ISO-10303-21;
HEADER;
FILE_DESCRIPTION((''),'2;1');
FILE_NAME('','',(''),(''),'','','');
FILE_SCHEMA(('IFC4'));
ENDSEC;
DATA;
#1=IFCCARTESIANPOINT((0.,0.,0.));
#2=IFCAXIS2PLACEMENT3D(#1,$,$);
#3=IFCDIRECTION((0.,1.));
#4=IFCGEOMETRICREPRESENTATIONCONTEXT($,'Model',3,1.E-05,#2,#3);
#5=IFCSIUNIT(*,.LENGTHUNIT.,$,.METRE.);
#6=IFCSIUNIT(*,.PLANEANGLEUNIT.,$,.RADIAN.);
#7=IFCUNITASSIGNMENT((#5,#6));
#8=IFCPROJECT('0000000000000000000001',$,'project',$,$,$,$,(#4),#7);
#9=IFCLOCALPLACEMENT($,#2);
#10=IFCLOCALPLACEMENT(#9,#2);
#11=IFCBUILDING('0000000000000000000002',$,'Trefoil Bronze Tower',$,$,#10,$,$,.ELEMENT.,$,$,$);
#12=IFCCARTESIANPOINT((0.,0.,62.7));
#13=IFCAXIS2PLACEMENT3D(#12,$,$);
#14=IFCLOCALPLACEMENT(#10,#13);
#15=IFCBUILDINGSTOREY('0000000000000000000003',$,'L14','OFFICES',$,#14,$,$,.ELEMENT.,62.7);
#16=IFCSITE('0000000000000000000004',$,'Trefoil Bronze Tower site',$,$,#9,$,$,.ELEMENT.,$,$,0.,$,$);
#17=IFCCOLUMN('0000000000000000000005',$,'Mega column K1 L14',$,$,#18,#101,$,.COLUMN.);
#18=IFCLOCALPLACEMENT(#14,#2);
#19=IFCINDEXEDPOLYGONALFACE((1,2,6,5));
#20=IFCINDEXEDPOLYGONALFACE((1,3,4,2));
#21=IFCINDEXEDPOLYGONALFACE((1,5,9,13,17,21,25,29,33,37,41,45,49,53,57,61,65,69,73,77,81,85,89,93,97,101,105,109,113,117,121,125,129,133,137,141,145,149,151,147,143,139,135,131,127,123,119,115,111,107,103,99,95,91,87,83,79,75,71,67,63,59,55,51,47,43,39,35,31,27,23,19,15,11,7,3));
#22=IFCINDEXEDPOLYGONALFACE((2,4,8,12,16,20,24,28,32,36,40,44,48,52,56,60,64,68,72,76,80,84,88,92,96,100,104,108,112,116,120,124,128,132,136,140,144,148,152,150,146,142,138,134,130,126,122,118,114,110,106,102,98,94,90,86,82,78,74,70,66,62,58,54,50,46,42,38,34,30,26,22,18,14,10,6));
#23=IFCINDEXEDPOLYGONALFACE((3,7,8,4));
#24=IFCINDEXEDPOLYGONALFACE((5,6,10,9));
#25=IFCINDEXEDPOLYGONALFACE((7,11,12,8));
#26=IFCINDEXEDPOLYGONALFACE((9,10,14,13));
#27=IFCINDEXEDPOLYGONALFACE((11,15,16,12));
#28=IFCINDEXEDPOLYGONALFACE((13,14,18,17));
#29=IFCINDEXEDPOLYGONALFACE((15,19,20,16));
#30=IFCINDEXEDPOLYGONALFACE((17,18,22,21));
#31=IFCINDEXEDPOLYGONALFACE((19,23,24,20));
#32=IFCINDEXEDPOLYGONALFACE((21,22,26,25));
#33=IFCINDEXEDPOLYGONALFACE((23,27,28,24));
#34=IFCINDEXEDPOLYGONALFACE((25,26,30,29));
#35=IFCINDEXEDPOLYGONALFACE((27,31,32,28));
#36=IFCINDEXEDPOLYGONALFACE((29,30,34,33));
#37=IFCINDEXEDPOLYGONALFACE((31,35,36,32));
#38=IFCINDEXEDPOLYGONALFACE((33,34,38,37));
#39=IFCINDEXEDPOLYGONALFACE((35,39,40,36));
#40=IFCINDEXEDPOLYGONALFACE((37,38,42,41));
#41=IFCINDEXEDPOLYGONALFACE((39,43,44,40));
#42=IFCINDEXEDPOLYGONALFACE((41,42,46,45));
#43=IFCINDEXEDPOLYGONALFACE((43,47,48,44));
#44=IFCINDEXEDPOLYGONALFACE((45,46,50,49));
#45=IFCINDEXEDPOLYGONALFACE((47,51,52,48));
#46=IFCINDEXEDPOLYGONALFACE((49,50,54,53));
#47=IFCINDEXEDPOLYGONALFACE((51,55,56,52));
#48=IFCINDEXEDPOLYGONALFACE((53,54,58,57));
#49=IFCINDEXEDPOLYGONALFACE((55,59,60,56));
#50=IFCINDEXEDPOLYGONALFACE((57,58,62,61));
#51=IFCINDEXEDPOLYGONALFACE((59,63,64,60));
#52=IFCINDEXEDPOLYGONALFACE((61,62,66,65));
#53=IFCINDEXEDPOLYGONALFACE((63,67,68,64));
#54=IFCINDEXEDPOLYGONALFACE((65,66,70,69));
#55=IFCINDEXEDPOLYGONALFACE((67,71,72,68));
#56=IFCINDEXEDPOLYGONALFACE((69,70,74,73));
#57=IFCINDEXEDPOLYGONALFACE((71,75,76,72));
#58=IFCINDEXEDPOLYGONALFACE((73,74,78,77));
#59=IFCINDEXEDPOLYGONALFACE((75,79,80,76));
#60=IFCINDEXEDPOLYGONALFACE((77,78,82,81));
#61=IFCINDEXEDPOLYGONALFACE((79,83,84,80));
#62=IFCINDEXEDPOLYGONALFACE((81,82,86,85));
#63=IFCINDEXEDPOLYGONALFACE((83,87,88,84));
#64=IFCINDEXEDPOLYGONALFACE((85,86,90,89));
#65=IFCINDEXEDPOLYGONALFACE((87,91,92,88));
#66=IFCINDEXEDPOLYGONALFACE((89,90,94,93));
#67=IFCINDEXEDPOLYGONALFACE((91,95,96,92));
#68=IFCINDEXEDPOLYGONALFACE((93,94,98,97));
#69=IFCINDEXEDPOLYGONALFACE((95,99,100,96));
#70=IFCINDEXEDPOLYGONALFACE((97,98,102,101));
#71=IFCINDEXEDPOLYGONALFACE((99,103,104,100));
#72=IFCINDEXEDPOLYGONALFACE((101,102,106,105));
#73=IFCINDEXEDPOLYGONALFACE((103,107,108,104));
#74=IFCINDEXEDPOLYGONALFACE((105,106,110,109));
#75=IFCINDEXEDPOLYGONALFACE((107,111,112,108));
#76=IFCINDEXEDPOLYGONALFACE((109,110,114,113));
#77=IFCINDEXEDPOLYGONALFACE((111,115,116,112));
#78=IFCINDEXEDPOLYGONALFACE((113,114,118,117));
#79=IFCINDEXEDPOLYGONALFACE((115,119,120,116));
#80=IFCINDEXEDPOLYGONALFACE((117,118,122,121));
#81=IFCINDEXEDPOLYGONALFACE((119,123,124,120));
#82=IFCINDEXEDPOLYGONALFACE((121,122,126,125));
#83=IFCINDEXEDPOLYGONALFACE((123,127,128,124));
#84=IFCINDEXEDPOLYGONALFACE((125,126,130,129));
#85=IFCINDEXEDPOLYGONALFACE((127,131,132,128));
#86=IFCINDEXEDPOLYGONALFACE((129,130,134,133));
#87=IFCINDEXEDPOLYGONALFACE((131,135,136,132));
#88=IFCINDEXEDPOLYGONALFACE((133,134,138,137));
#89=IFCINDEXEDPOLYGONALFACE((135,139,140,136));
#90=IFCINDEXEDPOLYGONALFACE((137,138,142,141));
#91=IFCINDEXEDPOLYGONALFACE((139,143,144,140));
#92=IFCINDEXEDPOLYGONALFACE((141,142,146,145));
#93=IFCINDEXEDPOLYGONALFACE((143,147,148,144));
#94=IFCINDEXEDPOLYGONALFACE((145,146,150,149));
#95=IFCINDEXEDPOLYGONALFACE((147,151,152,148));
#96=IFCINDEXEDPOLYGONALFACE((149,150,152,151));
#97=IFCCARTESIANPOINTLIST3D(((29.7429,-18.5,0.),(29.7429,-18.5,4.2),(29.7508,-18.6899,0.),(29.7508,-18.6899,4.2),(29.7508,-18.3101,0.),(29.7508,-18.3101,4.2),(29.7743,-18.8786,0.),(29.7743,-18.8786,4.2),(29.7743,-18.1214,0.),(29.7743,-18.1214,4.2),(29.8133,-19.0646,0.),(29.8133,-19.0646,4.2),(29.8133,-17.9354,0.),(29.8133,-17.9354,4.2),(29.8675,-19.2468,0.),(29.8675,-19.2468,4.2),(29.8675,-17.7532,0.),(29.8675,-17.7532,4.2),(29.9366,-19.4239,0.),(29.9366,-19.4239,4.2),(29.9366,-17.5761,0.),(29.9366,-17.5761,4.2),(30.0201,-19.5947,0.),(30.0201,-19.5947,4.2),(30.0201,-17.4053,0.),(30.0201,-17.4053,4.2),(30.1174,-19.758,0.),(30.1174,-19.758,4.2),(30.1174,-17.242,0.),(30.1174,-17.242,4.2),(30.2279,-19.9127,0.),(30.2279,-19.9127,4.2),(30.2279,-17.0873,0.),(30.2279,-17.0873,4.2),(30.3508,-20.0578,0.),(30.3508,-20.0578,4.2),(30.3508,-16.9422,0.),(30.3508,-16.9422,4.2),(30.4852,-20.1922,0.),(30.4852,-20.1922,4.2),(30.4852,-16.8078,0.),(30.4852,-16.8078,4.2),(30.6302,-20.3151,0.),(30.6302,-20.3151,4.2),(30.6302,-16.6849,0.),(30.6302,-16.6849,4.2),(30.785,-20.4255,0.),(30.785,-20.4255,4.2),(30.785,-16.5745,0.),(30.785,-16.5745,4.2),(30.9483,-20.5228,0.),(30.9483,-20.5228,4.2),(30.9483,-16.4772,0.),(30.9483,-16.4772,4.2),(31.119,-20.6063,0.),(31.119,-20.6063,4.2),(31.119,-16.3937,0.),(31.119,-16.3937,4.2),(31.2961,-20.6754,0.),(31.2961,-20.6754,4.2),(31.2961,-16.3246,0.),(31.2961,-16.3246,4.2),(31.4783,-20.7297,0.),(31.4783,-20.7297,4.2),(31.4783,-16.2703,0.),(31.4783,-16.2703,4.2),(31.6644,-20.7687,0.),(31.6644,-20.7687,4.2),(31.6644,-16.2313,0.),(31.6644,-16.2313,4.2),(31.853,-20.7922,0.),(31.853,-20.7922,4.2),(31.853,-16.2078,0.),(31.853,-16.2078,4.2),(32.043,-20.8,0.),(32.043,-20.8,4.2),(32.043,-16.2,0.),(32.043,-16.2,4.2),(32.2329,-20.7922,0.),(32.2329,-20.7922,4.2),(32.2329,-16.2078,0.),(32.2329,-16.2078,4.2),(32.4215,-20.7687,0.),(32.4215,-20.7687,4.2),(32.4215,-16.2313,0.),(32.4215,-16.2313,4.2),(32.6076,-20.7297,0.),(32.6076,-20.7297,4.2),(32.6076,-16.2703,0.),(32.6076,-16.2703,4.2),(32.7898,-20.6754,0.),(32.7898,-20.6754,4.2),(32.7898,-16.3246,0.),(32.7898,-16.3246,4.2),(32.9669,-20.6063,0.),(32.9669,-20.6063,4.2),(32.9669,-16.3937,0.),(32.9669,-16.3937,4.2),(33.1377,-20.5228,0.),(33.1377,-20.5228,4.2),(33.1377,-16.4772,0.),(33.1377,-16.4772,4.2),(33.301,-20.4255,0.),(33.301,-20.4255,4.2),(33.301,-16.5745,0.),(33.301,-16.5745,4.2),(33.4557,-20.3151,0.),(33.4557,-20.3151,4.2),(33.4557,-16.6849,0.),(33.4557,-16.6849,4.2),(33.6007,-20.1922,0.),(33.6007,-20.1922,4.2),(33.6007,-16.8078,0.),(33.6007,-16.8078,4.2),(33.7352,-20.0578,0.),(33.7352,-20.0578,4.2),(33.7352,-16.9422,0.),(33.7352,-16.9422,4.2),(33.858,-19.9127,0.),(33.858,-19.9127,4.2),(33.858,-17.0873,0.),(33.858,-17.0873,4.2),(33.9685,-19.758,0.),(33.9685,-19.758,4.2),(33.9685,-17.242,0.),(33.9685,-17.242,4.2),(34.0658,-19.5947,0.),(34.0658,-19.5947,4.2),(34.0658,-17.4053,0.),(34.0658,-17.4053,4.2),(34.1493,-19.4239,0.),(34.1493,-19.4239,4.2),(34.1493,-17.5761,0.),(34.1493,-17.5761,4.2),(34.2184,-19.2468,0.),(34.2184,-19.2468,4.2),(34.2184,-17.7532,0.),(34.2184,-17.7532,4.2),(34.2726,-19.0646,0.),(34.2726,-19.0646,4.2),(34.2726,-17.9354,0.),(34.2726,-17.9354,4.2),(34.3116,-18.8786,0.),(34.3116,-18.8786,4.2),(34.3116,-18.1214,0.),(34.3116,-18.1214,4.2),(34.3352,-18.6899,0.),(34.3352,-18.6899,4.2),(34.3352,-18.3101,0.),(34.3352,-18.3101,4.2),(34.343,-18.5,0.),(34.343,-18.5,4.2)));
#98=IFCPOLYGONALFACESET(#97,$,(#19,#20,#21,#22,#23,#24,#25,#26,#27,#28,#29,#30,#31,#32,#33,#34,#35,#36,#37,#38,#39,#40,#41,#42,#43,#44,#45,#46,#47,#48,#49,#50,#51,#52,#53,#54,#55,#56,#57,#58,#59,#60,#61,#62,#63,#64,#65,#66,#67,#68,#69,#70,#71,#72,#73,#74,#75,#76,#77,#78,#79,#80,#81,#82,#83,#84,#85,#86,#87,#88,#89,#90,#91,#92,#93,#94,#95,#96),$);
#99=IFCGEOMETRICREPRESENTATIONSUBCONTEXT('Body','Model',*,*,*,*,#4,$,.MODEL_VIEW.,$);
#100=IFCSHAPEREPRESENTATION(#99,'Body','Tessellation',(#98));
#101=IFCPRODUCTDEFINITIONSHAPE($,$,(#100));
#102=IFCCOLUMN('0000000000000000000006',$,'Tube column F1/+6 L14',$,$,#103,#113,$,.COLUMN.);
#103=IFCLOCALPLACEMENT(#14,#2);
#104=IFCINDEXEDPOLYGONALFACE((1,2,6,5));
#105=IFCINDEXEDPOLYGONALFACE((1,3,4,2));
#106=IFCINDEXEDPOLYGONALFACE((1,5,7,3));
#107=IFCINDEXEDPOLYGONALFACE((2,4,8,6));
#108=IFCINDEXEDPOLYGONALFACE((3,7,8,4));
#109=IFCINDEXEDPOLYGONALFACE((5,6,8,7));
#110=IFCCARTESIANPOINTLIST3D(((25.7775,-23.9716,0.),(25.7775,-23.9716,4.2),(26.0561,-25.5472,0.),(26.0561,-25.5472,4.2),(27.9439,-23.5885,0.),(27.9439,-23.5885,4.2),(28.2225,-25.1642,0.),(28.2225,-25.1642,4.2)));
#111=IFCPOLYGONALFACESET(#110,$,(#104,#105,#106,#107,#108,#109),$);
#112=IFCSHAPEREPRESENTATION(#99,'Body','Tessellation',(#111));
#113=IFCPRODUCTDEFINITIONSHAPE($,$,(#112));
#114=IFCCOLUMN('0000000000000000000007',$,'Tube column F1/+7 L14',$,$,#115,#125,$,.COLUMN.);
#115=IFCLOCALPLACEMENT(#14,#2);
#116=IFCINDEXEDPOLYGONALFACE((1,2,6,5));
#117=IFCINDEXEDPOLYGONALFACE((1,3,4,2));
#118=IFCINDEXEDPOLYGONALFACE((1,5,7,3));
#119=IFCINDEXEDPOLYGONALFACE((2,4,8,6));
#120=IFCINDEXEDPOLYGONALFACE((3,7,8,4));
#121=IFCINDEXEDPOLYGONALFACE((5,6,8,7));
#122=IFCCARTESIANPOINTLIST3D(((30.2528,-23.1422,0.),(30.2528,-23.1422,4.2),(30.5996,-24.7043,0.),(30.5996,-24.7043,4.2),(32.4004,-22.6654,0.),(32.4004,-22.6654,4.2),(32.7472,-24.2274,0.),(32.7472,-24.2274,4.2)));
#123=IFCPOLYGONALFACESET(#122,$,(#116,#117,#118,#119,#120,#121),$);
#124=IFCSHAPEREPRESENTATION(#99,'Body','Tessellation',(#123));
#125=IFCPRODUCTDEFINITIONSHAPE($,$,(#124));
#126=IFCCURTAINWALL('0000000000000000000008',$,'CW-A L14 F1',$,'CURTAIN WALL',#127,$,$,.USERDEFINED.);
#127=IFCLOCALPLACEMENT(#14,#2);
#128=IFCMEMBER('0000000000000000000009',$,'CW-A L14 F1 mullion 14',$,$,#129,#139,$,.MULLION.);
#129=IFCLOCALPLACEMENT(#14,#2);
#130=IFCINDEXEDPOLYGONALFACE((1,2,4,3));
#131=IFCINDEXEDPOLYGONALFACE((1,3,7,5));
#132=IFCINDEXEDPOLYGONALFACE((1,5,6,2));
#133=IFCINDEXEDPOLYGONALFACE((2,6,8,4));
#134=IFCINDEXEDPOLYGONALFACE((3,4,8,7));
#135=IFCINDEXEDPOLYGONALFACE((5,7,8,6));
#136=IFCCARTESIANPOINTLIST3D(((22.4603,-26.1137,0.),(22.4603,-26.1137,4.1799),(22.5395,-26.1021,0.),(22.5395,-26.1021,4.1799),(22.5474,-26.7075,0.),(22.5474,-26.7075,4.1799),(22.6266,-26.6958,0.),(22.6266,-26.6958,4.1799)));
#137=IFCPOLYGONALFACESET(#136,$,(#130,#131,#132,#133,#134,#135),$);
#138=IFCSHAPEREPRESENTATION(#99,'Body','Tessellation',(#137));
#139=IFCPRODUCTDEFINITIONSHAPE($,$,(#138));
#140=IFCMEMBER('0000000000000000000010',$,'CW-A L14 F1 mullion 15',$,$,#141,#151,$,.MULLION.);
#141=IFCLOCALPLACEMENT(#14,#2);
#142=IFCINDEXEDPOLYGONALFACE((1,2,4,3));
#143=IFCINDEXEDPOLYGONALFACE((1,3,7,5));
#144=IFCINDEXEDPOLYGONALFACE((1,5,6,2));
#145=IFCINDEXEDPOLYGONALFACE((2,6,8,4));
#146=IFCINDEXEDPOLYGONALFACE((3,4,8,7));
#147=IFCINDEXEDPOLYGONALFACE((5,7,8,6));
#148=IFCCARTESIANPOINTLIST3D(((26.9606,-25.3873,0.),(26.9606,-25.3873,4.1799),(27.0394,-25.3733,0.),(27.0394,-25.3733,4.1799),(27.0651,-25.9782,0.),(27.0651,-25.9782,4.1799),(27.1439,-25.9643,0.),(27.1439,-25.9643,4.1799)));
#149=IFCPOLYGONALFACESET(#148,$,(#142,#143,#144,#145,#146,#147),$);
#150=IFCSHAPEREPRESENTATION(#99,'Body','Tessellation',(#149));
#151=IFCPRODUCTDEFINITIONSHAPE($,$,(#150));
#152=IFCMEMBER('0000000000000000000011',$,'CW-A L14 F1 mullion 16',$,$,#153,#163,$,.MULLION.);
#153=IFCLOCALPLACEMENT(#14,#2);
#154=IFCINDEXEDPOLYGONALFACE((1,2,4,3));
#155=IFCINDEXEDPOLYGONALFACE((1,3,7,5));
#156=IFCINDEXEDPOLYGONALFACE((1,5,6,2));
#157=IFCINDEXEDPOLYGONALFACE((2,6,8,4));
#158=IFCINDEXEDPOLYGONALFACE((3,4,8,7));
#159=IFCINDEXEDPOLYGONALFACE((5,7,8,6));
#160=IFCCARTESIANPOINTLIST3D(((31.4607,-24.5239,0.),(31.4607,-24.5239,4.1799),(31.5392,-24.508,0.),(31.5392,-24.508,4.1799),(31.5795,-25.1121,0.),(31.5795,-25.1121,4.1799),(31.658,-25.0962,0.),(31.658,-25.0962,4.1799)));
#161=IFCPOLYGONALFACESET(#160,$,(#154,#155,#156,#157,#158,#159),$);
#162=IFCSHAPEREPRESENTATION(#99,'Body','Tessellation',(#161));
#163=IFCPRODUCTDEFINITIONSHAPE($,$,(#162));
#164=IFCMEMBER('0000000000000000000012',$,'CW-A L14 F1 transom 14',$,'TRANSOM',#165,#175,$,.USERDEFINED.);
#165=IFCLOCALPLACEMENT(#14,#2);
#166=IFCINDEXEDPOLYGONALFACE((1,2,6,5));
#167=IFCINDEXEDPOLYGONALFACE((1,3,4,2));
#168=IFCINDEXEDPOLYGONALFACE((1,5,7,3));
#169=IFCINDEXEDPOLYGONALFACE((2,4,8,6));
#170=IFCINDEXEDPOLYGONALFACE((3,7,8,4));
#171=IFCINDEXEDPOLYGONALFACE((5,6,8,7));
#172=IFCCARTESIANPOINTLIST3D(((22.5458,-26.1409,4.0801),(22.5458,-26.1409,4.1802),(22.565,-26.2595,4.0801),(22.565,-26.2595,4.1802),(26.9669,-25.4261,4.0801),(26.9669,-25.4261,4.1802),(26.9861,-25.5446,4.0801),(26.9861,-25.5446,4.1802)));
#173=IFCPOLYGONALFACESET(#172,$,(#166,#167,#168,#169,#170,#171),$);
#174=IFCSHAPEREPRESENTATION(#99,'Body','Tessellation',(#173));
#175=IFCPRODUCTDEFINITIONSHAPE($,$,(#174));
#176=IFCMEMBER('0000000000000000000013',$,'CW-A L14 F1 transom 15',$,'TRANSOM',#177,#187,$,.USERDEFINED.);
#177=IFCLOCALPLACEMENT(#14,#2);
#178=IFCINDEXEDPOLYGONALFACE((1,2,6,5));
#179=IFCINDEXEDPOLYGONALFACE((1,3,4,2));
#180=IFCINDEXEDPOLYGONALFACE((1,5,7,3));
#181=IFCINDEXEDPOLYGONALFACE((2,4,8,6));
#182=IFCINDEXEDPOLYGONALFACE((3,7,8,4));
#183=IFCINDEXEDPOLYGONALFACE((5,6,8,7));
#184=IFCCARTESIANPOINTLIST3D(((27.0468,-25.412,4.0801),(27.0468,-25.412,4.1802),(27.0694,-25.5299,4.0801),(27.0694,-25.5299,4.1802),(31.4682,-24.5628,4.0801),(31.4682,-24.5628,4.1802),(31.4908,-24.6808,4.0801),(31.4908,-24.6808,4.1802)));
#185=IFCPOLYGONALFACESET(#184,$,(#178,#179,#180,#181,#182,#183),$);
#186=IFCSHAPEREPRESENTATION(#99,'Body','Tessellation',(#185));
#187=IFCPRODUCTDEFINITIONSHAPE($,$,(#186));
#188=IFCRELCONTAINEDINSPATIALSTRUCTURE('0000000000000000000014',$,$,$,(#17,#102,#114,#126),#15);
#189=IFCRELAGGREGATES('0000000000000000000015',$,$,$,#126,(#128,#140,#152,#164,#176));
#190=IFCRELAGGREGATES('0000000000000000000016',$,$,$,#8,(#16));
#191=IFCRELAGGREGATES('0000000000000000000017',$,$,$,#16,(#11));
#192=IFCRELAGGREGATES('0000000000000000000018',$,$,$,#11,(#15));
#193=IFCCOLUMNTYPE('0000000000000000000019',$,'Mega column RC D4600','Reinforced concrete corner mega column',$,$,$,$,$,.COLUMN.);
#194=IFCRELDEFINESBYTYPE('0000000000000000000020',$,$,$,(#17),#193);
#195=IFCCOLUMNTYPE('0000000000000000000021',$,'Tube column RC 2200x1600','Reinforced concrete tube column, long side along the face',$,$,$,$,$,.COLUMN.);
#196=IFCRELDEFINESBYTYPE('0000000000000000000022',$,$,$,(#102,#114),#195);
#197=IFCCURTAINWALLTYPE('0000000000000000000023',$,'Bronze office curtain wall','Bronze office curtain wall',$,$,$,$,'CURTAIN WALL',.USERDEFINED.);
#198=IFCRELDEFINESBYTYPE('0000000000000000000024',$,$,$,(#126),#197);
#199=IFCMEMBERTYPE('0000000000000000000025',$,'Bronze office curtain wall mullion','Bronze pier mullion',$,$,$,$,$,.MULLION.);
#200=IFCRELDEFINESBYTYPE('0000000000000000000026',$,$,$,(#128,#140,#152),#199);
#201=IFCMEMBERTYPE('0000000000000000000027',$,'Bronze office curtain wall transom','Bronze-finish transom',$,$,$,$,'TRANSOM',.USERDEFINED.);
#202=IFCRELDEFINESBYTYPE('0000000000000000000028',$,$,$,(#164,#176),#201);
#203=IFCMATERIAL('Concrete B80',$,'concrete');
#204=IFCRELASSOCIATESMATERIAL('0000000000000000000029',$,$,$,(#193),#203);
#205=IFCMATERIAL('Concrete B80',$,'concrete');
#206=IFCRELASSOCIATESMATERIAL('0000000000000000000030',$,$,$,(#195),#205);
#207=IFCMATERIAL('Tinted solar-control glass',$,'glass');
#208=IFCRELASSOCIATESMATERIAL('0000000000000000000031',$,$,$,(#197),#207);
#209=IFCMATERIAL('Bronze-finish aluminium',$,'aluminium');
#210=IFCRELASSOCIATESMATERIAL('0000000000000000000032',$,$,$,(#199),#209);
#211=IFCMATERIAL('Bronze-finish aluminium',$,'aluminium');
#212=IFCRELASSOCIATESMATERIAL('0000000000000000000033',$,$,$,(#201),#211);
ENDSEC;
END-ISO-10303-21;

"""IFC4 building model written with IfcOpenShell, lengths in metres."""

from ifc_helpers import new_model, si_unit, direction, frame, origin, origin_2d, place, context, subcontext, project, spatial, rectangle, circle, extrude, material, material_profile, profile_set, type_object, element, aggregate, save


model = new_model("IFC4")

# Units and contexts
model_context = context("Model", 3, precision=1e-05, world=origin(), true_north=direction((0.0, 1.0)))
body_context = subcontext(model_context, "Body", "Model", "MODEL_VIEW")
ifc_project = project(units=[si_unit("LENGTHUNIT", "METRE"), si_unit("PLANEANGLEUNIT", "RADIAN")], contexts=[model_context])

# Site, building, storey
site_placement = place(None, origin())
site = spatial("IfcSite", under=ifc_project, at=site_placement, Name="Trefoil Bronze Tower site", CompositionType="ELEMENT", RefElevation=0.0)
building_placement = place(site_placement, origin())
building = spatial("IfcBuilding", under=site, at=building_placement, Name="Trefoil Bronze Tower", CompositionType="ELEMENT")
storey_placement = place(building_placement, frame((0.0, 0.0, 62.7)))
storey = spatial("IfcBuildingStorey", under=building, at=storey_placement, Name="L14", Description="OFFICES", CompositionType="ELEMENT", Elevation=62.7)

# Columns
ifc_material_1 = material(Name="Concrete B80", Category="concrete")
ifc_material_profile_1 = material_profile(ifc_material_1, circle(Radius=2.3, at=origin_2d()), Name="RC D4600")
ifc_profile_set_1 = profile_set([ifc_material_profile_1], Name="Concrete B80")
column_type_1 = type_object("IfcColumnType", Name="Mega column RC D4600", Description="Reinforced concrete corner mega column", PredefinedType="COLUMN", material=ifc_profile_set_1)
column_placement = place(storey_placement, frame((32.043, -18.5, 0.0), z_axis=(0.0, 0.0, 1.0), x_axis=(1.0, 0.0, 0.0)))
element("IfcColumn", 1, at=column_placement, inside=storey, type_object=column_type_1, Name="Mega column K1 L14", PredefinedType="COLUMN", context=body_context, shape_type="SweptSolid", body=[
    extrude(circle(Radius=2.3, at=origin_2d()), origin(), (0.0, 0.0, 1.0), 4.2),
])
ifc_material_2 = material(Name="Concrete B80", Category="concrete")
ifc_material_profile_2 = material_profile(ifc_material_2, rectangle(XDim=2.2, YDim=1.6001, at=origin_2d()), Name="RC 2200x1600")
ifc_profile_set_2 = profile_set([ifc_material_profile_2], Name="Concrete B80")
column_type_2 = type_object("IfcColumnType", Name="Tube column RC 2200x1600", Description="Reinforced concrete tube column, long side along the face", PredefinedType="COLUMN", material=ifc_profile_set_2)
for number, where, z_axis, x_axis, name in (
    (2, (27.0, -24.5679, 0.0), (0.0, 0.0, 1.0), (0.984722, 0.174131, 0.0), "Tube column F1/+6 L14"),
    (3, (31.5, -23.6848, 0.0), (0.0, 0.0, 1.0), (0.97623, 0.216739, 0.0), "Tube column F1/+7 L14"),
):
    element("IfcColumn", number, at=place(storey_placement, frame(where, z_axis=z_axis, x_axis=x_axis)), inside=storey, type_object=column_type_2, Name=name, PredefinedType="COLUMN", context=body_context, shape_type="SweptSolid", body=[
        extrude(rectangle(XDim=2.2, YDim=1.6001, at=origin_2d()), origin(), (0.0, 0.0, 1.0), 4.2),
    ])

# Curtain wall, members
ifc_material_3 = material(Name="Tinted solar-control glass", Category="glass")
curtain_wall_type_1 = type_object("IfcCurtainWallType", Name="Bronze office curtain wall", Description="Bronze office curtain wall", ElementType="CURTAIN WALL", PredefinedType="USERDEFINED", material=ifc_material_3)
curtain_wall_1_placement = place(storey_placement, origin())
curtain_wall_1 = element("IfcCurtainWall", 4, at=curtain_wall_1_placement, inside=storey, type_object=curtain_wall_type_1, Name="CW-A L14 F1", ObjectType="CURTAIN WALL", PredefinedType="USERDEFINED")
ifc_material_4 = material(Name="Bronze-finish aluminium", Category="aluminium")
ifc_material_profile_3 = material_profile(ifc_material_4, rectangle(XDim=0.6001, YDim=0.0801, at=origin_2d()), Name="CW-A mullion")
ifc_profile_set_3 = profile_set([ifc_material_profile_3], Name="Bronze-finish aluminium")
member_type_1 = type_object("IfcMemberType", Name="Bronze office curtain wall mullion", Description="Bronze pier mullion", PredefinedType="MULLION", material=ifc_profile_set_3)
member_1_placement = place(storey_placement, frame((22.5435, -26.4048, 0.0), z_axis=(0.0, 0.0, 1.0), x_axis=(-0.145109, 0.989416, 0.0)))
member_1 = element("IfcMember", 5, at=member_1_placement, type_object=member_type_1, Name="CW-A L14 F1 mullion 14", PredefinedType="MULLION", context=body_context, shape_type="SweptSolid", body=[
    extrude(rectangle(XDim=0.6001, YDim=0.0801, at=origin_2d()), origin(), (0.0, 0.0, 1.0), 4.1799),
])
member_2_placement = place(storey_placement, frame((27.0522, -25.6758, 0.0), z_axis=(0.0, 0.0, 1.0), x_axis=(-0.174131, 0.984722, 0.0)))
member_2 = element("IfcMember", 6, at=member_2_placement, type_object=member_type_1, Name="CW-A L14 F1 mullion 15", PredefinedType="MULLION", context=body_context, shape_type="SweptSolid", body=[
    extrude(rectangle(XDim=0.6001, YDim=0.0801, at=origin_2d()), origin(), (0.0, 0.0, 1.0), 4.1799),
])
member_3_placement = place(storey_placement, frame((31.5593, -24.8101, 0.0), z_axis=(0.0, 0.0, 1.0), x_axis=(-0.19791, 0.98022, 0.0)))
member_3 = element("IfcMember", 7, at=member_3_placement, type_object=member_type_1, Name="CW-A L14 F1 mullion 16", PredefinedType="MULLION", context=body_context, shape_type="SweptSolid", body=[
    extrude(rectangle(XDim=0.6001, YDim=0.0801, at=origin_2d()), origin(), (0.0, 0.0, 1.0), 4.1799),
])
ifc_material_5 = material(Name="Bronze-finish aluminium", Category="aluminium")
ifc_material_profile_4 = material_profile(ifc_material_5, rectangle(XDim=0.1201, YDim=0.1001, at=origin_2d()), Name="CW-A transom")
ifc_profile_set_4 = profile_set([ifc_material_profile_4], Name="Bronze-finish aluminium")
member_type_2 = type_object("IfcMemberType", Name="Bronze office curtain wall transom", Description="Bronze-finish transom", ElementType="TRANSOM", PredefinedType="USERDEFINED", material=ifc_profile_set_4)
member_4_placement = place(storey_placement, frame((22.5554, -26.2002, 4.1301), z_axis=(0.987179, 0.159615, 0.0), x_axis=(-0.159615, 0.987179, 0.0)))
member_4 = element("IfcMember", 8, at=member_4_placement, type_object=member_type_2, Name="CW-A L14 F1 transom 14", ObjectType="TRANSOM", PredefinedType="USERDEFINED", context=body_context, shape_type="SweptSolid", body=[
    extrude(rectangle(XDim=0.1201, YDim=0.1001, at=origin_2d()), origin(), (0.0, 0.0, 1.0), 4.4785),
])
member_5_placement = place(storey_placement, frame((27.0581, -25.4709, 4.1301), z_axis=(0.982054, 0.188602, 0.0), x_axis=(-0.188602, 0.982054, 0.0)))
member_5 = element("IfcMember", 9, at=member_5_placement, type_object=member_type_2, Name="CW-A L14 F1 transom 15", ObjectType="TRANSOM", PredefinedType="USERDEFINED", context=body_context, shape_type="SweptSolid", body=[
    extrude(rectangle(XDim=0.1201, YDim=0.1001, at=origin_2d()), origin(), (0.0, 0.0, 1.0), 4.5022),
])

aggregate(curtain_wall_1, [member_1, member_2, member_3, member_4, member_5])

save(model, "model.ifc")
